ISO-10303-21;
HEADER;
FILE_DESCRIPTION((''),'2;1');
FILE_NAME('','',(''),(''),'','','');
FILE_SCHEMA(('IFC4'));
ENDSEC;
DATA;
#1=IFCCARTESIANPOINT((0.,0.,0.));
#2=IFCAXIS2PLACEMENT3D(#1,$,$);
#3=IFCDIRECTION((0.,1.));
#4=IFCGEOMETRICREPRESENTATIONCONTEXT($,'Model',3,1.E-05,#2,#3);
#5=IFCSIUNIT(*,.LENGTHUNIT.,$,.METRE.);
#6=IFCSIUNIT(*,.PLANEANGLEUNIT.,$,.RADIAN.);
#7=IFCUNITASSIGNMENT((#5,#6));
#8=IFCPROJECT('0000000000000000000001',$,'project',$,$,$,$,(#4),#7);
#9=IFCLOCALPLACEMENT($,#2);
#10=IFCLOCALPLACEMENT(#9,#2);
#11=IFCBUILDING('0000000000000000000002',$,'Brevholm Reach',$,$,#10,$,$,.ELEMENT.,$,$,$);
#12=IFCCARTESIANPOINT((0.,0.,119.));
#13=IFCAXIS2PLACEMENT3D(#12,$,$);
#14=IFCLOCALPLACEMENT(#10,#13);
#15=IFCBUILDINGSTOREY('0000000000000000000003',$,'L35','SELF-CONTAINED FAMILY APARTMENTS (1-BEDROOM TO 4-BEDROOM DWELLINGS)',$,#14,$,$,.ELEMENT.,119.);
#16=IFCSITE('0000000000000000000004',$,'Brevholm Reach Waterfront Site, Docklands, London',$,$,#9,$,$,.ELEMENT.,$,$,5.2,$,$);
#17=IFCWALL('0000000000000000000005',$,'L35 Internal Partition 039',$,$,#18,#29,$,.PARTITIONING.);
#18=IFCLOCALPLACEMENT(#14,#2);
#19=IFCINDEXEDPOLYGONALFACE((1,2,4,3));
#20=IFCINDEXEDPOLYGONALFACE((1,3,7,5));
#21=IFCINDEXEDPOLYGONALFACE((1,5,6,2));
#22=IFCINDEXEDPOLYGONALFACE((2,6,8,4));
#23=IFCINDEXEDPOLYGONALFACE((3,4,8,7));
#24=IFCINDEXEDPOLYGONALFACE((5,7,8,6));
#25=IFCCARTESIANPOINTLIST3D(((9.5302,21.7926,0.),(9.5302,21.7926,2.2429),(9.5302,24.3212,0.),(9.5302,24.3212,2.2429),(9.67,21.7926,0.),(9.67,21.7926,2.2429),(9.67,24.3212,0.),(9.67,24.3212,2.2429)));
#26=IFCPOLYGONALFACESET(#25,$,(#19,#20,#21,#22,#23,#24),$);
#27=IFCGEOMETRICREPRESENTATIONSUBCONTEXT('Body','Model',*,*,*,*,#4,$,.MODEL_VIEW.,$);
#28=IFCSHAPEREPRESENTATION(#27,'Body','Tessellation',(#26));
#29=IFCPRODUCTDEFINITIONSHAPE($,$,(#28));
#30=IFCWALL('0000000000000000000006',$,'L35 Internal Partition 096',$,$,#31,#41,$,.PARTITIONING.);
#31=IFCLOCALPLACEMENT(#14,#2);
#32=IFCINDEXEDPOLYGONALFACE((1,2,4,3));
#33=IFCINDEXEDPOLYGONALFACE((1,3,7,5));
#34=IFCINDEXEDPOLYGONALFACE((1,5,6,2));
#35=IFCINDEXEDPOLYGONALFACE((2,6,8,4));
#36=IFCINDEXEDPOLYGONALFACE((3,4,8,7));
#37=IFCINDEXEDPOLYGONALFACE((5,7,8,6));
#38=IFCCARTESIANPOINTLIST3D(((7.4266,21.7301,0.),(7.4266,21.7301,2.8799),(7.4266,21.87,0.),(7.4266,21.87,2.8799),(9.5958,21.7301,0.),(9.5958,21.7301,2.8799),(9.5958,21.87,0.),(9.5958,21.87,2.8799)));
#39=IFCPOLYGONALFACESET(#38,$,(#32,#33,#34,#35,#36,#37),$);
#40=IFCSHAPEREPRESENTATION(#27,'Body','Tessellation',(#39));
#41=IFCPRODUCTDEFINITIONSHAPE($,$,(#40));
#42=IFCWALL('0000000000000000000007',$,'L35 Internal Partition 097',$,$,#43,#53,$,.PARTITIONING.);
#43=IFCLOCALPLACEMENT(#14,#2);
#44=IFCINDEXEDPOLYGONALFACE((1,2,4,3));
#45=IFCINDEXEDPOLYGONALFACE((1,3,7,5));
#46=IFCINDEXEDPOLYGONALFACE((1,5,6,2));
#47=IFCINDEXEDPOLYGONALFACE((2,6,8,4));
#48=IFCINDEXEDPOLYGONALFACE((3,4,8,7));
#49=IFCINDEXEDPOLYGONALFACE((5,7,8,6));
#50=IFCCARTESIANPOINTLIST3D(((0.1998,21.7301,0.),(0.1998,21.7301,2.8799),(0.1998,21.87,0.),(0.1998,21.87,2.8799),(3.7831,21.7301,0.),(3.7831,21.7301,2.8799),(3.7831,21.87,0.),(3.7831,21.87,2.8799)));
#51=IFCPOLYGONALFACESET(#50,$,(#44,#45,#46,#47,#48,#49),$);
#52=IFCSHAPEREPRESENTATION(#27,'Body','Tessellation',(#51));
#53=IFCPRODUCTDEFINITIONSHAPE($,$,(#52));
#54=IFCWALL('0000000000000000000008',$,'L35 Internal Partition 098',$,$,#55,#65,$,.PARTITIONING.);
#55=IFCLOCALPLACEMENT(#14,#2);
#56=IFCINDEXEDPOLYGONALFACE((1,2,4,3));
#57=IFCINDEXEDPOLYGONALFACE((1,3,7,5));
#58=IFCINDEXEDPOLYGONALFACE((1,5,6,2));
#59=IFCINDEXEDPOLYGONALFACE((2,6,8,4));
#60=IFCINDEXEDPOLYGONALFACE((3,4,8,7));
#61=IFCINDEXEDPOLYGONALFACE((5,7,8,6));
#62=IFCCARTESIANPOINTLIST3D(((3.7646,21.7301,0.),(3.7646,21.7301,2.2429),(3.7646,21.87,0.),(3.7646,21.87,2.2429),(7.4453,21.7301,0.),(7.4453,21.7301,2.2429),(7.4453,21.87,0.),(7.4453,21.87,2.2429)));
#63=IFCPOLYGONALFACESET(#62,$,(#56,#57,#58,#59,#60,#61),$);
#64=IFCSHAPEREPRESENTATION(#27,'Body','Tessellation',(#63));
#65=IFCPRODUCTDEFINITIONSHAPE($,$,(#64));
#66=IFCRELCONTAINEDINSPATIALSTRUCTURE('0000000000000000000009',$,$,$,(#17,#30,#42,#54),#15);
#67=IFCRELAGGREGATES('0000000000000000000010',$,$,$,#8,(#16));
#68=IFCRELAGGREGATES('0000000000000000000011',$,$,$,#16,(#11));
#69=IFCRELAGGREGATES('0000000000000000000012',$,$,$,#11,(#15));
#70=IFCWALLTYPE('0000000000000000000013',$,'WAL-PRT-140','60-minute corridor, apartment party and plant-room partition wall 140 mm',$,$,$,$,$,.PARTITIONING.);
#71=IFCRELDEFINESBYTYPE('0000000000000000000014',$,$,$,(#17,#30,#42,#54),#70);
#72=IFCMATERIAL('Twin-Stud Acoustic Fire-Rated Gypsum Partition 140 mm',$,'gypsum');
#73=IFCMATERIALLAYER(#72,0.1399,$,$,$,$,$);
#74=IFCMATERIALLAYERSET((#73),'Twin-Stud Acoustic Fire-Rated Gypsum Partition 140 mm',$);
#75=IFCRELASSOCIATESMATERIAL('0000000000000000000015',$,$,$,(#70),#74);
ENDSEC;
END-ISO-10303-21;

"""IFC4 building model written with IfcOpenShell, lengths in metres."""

from ifc_helpers import new_model, si_unit, direction, frame, frame_2d, origin, place, context, subcontext, project, spatial, rectangle, extrude, material, layer, layer_set, type_object, element, save


model = new_model("IFC4")

# Units and contexts
model_context = context("Model", 3, precision=1e-05, world=origin(), true_north=direction((0.0, 1.0)))
body_context = subcontext(model_context, "Body", "Model", "MODEL_VIEW")
ifc_project = project(units=[si_unit("LENGTHUNIT", "METRE"), si_unit("PLANEANGLEUNIT", "RADIAN")], contexts=[model_context])

# Site, building, storey
site_placement = place(None, origin())
site = spatial("IfcSite", under=ifc_project, at=site_placement, Name="Brevholm Reach Waterfront Site, Docklands, London", CompositionType="ELEMENT", RefElevation=5.2)
building_placement = place(site_placement, origin())
building = spatial("IfcBuilding", under=site, at=building_placement, Name="Brevholm Reach", CompositionType="ELEMENT")
storey_placement = place(building_placement, frame((0.0, 0.0, 119.0)))
storey = spatial("IfcBuildingStorey", under=building, at=storey_placement, Name="L35", Description="SELF-CONTAINED FAMILY APARTMENTS (1-BEDROOM TO 4-BEDROOM DWELLINGS)", CompositionType="ELEMENT", Elevation=119.0)

# Walls
ifc_material_1 = material(Name="Twin-Stud Acoustic Fire-Rated Gypsum Partition 140 mm", Category="gypsum")
ifc_layer_1 = layer(ifc_material_1, 0.1399)
ifc_layer_set_1 = layer_set([ifc_layer_1], Name="Twin-Stud Acoustic Fire-Rated Gypsum Partition 140 mm")
wall_type_1 = type_object("IfcWallType", Name="WAL-PRT-140", Description="60-minute corridor, apartment party and plant-room partition wall 140 mm", PredefinedType="PARTITIONING", material=ifc_layer_set_1)
wall_1_placement = place(storey_placement, frame((9.6001, 21.7927, 0.0), z_axis=(0.0, 0.0, 1.0), x_axis=(0.0, 1.0, 0.0)))
element("IfcWall", 1, at=wall_1_placement, inside=storey, type_object=wall_type_1, Name="L35 Internal Partition 039", PredefinedType="PARTITIONING", context=body_context, shape_type="SweptSolid", body=[
    extrude(rectangle(XDim=2.5286, YDim=0.1399, at=frame_2d((1.2642, 0.0))), origin(), (0.0, 0.0, 1.0), 2.2429),
])
wall_2_placement = place(storey_placement, frame((7.4268, 21.8, 0.0), z_axis=(0.0, 0.0, 1.0), x_axis=(1.0, 0.0, 0.0)))
element("IfcWall", 2, at=wall_2_placement, inside=storey, type_object=wall_type_1, Name="L35 Internal Partition 096", PredefinedType="PARTITIONING", context=body_context, shape_type="SweptSolid", body=[
    extrude(rectangle(XDim=2.1692, YDim=0.1399, at=frame_2d((1.0845, 0.0))), origin(), (0.0, 0.0, 1.0), 2.8799),
])
wall_3_placement = place(storey_placement, frame((0.2, 21.8, 0.0), z_axis=(0.0, 0.0, 1.0), x_axis=(1.0, 0.0, 0.0)))
element("IfcWall", 3, at=wall_3_placement, inside=storey, type_object=wall_type_1, Name="L35 Internal Partition 097", PredefinedType="PARTITIONING", context=body_context, shape_type="SweptSolid", body=[
    extrude(rectangle(XDim=3.5833, YDim=0.1399, at=frame_2d((1.7915, 0.0))), origin(), (0.0, 0.0, 1.0), 2.8799),
])
wall_4_placement = place(storey_placement, frame((3.7646, 21.8, 0.0), z_axis=(0.0, 0.0, 1.0), x_axis=(1.0, 0.0, 0.0)))
element("IfcWall", 4, at=wall_4_placement, inside=storey, type_object=wall_type_1, Name="L35 Internal Partition 098", PredefinedType="PARTITIONING", context=body_context, shape_type="SweptSolid", body=[
    extrude(rectangle(XDim=3.6807, YDim=0.1399, at=frame_2d((1.8403, 0.0))), origin(), (0.0, 0.0, 1.0), 2.2429),
])

save(model, "model.ifc")
